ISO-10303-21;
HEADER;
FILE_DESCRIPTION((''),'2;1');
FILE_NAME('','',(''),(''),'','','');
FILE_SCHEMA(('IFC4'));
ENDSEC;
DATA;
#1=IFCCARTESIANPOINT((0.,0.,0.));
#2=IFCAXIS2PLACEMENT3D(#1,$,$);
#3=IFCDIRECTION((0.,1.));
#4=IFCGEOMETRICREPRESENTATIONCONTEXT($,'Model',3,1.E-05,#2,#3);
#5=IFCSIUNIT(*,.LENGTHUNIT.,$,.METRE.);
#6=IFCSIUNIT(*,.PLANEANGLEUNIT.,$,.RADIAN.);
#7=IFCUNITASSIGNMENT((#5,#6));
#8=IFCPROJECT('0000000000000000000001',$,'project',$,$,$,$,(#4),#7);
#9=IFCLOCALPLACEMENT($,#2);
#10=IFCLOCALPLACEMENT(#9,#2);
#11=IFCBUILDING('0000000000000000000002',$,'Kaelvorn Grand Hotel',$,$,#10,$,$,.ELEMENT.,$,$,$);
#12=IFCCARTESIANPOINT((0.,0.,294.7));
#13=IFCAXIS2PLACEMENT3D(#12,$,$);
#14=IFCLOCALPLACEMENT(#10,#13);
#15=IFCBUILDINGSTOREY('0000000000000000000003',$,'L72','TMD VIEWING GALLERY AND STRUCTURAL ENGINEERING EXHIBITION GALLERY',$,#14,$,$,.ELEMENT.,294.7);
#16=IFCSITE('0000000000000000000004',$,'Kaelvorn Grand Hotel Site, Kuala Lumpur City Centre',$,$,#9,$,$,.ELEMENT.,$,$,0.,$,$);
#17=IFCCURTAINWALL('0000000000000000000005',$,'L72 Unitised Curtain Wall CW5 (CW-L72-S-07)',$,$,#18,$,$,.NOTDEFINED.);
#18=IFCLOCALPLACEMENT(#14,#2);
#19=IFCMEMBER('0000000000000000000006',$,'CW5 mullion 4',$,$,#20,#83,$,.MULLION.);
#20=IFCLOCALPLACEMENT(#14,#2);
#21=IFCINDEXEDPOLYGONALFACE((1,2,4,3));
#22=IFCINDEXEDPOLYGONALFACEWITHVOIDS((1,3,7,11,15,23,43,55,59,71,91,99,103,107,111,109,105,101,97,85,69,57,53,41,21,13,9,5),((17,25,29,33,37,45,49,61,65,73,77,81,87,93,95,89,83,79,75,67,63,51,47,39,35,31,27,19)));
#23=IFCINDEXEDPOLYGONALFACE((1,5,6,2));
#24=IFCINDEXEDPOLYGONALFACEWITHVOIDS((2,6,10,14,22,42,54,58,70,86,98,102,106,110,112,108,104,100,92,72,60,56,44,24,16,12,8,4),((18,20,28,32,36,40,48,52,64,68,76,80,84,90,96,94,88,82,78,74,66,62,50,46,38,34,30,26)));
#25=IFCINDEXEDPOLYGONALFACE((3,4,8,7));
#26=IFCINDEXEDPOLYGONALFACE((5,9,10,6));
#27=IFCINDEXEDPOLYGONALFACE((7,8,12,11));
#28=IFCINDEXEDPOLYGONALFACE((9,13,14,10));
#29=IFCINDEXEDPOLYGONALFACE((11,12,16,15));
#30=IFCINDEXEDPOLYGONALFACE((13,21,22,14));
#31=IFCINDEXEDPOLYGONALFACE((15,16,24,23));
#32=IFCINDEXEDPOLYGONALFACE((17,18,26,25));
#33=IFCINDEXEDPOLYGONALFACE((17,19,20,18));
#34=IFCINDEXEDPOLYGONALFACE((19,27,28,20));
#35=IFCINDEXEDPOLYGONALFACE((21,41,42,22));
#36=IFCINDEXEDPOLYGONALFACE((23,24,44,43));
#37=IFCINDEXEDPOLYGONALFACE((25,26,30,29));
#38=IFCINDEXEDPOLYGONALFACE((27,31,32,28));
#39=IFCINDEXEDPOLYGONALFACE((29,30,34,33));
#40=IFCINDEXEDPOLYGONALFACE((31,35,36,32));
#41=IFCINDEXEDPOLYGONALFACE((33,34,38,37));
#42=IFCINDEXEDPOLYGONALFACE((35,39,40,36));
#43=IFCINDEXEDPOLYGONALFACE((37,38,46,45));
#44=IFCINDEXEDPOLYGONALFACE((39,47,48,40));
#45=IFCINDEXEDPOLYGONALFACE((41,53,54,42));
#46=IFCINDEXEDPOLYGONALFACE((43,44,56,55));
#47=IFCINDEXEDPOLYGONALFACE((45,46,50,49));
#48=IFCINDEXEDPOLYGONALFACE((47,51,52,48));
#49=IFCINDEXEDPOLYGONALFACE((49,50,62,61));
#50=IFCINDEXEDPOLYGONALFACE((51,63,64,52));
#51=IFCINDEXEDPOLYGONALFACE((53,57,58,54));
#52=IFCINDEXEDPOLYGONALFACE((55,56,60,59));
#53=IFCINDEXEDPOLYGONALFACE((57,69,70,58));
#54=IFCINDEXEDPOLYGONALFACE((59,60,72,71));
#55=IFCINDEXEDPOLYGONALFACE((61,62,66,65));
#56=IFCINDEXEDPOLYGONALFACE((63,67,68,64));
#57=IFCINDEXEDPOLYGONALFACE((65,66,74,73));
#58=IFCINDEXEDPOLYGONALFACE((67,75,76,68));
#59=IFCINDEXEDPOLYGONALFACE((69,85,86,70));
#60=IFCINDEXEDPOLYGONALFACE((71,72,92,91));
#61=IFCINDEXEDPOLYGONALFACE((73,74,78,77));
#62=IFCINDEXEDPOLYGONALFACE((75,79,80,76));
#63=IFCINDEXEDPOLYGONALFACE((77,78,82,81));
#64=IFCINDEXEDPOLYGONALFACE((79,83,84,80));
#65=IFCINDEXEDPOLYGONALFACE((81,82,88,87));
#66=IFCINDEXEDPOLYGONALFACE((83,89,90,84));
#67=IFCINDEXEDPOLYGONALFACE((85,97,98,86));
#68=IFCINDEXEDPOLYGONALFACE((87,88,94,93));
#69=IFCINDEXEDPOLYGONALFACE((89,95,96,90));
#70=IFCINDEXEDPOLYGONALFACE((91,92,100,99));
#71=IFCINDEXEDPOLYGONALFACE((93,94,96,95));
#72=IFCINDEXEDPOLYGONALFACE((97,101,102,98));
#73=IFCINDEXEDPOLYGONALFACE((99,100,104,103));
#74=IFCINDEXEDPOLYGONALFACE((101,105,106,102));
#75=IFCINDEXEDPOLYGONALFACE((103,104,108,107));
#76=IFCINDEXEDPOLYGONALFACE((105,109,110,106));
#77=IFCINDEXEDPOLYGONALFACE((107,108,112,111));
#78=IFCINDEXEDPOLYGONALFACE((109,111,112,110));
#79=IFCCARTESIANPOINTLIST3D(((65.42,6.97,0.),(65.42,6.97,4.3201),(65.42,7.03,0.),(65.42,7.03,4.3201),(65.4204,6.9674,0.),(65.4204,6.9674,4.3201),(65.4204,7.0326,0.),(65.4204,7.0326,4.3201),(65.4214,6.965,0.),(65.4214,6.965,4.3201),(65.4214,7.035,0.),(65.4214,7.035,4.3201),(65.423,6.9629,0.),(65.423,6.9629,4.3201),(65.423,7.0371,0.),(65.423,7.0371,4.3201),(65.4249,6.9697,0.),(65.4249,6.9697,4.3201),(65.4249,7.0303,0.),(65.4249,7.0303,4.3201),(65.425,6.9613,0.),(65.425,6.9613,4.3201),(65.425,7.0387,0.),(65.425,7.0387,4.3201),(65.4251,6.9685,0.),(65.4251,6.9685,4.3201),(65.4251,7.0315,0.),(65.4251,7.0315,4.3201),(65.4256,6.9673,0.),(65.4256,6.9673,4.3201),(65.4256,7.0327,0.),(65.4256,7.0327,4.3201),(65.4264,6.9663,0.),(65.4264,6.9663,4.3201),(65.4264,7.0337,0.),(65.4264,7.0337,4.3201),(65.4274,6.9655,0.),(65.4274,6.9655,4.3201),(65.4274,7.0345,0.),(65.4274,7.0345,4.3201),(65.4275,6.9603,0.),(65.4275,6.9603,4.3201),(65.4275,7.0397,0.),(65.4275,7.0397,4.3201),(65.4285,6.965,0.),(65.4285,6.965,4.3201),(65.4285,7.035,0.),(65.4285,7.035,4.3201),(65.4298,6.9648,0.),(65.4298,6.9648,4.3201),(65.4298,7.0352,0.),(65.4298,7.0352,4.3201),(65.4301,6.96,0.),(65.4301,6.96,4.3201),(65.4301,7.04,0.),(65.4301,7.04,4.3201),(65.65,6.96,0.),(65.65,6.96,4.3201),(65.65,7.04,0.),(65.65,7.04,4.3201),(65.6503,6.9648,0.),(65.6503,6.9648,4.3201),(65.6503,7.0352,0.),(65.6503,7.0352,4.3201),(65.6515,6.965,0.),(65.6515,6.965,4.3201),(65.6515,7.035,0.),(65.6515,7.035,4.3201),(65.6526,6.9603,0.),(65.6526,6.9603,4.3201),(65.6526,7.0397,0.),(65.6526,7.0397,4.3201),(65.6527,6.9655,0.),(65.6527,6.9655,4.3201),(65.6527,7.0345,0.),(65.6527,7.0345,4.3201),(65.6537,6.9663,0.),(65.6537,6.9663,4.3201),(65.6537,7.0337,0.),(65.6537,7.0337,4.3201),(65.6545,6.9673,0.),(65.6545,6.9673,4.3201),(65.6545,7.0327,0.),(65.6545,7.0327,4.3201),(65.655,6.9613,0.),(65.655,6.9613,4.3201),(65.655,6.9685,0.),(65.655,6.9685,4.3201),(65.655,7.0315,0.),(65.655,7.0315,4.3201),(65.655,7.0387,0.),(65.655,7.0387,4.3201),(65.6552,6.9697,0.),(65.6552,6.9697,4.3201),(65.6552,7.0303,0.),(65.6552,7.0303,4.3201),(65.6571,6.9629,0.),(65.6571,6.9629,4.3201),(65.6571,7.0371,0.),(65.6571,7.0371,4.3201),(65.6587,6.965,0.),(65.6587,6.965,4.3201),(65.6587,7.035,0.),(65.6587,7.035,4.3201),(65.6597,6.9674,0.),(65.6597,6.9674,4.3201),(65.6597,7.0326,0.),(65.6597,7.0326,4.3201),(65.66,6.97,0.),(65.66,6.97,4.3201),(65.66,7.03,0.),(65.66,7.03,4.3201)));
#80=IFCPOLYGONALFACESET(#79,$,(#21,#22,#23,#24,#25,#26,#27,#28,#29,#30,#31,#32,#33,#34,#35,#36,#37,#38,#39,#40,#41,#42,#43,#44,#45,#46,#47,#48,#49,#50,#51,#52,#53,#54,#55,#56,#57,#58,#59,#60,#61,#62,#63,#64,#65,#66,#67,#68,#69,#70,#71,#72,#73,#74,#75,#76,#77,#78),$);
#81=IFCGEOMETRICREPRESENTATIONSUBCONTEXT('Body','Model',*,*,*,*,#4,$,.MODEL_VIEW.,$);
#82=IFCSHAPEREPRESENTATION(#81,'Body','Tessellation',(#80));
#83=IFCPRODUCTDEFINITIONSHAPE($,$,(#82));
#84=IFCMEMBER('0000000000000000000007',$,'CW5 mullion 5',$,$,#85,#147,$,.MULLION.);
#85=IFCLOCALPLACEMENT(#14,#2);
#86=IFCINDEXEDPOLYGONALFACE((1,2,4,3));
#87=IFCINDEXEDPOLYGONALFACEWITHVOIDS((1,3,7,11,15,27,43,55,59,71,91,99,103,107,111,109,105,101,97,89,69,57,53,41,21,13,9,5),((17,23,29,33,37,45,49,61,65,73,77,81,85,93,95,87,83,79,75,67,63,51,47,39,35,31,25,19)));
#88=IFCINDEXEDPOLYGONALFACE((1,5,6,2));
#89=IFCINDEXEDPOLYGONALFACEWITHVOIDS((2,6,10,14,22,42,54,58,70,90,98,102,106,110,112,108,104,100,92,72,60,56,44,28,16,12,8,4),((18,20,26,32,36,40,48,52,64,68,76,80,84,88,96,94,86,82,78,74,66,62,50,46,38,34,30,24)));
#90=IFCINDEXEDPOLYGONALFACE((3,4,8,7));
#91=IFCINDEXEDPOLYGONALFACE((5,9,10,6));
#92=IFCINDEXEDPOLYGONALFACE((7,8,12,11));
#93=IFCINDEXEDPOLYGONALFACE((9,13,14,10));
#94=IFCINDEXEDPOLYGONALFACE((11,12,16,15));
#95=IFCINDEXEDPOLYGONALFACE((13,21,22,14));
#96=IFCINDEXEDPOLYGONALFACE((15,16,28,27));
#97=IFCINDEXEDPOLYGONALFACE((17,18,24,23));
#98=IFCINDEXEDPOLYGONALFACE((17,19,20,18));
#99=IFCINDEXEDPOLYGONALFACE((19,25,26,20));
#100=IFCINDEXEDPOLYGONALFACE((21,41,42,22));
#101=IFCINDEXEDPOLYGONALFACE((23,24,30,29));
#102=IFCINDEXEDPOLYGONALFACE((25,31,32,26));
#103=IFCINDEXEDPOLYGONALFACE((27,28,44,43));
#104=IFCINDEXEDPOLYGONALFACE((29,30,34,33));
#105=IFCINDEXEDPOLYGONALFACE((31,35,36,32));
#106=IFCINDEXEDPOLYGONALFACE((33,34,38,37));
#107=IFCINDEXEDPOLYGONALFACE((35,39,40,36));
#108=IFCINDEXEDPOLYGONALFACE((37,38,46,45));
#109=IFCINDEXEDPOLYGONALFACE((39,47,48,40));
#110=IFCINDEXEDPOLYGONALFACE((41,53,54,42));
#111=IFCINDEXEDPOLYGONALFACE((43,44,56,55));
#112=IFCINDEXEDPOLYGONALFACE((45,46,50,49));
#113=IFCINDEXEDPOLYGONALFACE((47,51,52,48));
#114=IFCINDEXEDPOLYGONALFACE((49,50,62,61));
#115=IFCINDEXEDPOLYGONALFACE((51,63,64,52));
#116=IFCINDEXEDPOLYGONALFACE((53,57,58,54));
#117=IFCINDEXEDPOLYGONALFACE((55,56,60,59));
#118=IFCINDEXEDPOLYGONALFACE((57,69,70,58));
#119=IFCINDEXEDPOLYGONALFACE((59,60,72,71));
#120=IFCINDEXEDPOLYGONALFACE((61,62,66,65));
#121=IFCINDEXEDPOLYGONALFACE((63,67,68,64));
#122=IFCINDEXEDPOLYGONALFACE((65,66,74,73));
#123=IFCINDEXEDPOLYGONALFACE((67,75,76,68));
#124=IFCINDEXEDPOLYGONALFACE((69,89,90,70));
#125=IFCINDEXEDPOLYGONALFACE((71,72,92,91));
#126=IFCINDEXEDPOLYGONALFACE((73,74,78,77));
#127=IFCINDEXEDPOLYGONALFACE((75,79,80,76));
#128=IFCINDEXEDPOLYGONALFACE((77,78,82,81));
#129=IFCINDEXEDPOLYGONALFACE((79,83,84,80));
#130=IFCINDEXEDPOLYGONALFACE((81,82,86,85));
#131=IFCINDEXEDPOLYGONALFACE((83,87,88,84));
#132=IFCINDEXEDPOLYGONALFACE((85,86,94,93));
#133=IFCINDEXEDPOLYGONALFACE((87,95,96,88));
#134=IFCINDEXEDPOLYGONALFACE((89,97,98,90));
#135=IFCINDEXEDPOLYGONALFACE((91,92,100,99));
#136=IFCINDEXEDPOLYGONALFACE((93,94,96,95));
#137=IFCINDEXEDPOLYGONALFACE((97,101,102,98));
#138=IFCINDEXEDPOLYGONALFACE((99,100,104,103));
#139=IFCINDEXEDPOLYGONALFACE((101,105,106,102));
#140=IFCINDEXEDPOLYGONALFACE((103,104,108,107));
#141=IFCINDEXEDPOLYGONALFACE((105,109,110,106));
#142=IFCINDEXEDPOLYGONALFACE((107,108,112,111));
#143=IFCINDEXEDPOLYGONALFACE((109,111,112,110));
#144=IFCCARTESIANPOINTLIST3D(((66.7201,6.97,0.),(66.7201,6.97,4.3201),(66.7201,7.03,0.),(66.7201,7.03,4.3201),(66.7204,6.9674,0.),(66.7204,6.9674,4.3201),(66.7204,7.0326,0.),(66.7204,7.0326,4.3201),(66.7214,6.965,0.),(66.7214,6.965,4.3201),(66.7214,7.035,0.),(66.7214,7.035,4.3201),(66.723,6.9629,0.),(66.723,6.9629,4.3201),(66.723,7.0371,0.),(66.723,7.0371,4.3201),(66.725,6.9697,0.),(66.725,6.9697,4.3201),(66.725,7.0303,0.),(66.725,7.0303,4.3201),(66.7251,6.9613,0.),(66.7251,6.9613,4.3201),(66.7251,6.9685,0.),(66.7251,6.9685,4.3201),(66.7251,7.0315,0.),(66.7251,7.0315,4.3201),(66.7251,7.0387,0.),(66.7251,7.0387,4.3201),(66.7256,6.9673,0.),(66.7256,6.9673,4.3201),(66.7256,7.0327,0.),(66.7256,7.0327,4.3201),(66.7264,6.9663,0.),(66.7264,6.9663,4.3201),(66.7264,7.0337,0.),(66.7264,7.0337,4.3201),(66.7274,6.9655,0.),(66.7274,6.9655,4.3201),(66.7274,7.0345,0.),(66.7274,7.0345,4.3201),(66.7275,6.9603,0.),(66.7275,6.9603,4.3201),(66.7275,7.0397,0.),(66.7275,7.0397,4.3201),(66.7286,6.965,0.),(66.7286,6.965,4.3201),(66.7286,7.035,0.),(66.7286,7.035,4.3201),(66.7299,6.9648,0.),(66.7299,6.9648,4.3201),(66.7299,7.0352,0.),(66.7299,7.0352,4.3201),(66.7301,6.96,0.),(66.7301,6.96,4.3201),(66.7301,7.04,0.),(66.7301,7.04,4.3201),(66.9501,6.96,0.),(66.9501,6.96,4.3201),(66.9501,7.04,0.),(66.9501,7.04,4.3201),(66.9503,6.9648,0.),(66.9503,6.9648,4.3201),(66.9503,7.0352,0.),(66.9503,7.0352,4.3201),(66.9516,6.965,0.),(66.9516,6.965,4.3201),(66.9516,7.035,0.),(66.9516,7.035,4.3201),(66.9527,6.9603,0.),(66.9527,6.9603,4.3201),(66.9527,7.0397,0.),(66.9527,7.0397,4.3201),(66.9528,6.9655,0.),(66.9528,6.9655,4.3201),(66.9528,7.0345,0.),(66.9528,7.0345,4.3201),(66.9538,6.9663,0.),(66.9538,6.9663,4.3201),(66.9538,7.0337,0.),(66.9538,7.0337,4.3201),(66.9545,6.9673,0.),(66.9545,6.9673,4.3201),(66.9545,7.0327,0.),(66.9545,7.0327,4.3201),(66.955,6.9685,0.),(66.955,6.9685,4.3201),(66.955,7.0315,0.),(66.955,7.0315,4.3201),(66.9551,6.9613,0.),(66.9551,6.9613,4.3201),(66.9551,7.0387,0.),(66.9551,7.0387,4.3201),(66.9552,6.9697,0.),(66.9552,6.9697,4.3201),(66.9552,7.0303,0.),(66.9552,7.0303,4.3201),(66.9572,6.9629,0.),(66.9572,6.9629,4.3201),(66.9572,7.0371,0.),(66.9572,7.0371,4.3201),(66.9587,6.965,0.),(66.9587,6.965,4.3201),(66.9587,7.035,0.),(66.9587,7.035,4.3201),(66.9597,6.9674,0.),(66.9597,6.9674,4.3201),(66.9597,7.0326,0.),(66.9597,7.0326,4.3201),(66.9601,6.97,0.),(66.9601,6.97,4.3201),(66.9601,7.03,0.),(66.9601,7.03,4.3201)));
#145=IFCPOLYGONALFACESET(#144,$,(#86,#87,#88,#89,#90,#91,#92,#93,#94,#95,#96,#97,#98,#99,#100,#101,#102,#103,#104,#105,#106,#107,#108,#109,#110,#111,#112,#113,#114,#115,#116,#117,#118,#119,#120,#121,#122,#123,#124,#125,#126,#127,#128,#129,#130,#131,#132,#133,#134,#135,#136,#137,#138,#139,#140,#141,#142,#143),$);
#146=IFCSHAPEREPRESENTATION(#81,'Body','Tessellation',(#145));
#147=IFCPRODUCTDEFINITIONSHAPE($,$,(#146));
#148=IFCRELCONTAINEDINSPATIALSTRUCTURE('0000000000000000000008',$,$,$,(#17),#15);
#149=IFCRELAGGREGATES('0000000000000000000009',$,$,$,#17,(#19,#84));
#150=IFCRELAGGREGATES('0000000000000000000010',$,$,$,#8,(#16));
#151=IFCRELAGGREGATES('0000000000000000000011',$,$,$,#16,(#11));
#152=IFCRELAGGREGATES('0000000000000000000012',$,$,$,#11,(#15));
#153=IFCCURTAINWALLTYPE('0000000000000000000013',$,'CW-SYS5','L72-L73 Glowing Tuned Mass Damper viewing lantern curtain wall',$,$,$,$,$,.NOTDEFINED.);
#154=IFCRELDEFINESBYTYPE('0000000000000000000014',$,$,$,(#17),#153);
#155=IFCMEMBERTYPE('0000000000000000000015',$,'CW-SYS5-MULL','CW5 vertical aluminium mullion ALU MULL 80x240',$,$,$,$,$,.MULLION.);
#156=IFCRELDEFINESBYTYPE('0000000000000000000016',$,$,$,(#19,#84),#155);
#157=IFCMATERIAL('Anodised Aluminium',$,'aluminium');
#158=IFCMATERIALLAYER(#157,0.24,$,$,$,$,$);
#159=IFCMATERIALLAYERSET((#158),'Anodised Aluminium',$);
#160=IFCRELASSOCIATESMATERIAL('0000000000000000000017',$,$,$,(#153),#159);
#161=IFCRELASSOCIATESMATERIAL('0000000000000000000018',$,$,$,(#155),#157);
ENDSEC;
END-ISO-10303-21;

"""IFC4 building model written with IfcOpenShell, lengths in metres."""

from ifc_helpers import new_model, si_unit, direction, frame, origin, origin_2d, place, context, subcontext, project, spatial, hollow_rectangle, extrude, material, layer, layer_set, material_profile, profile_set, type_object, element, aggregate, save


model = new_model("IFC4")

# Units and contexts
model_context = context("Model", 3, precision=1e-05, world=origin(), true_north=direction((0.0, 1.0)))
body_context = subcontext(model_context, "Body", "Model", "MODEL_VIEW")
ifc_project = project(units=[si_unit("LENGTHUNIT", "METRE"), si_unit("PLANEANGLEUNIT", "RADIAN")], contexts=[model_context])

# Site, building, storey
site_placement = place(None, origin())
site = spatial("IfcSite", under=ifc_project, at=site_placement, Name="Kaelvorn Grand Hotel Site, Kuala Lumpur City Centre", CompositionType="ELEMENT", RefElevation=0.0)
building_placement = place(site_placement, origin())
building = spatial("IfcBuilding", under=site, at=building_placement, Name="Kaelvorn Grand Hotel", CompositionType="ELEMENT")
storey_placement = place(building_placement, frame((0.0, 0.0, 294.7)))
storey = spatial("IfcBuildingStorey", under=building, at=storey_placement, Name="L72", Description="TMD VIEWING GALLERY AND STRUCTURAL ENGINEERING EXHIBITION GALLERY", CompositionType="ELEMENT", Elevation=294.7)

# Curtain wall, members
ifc_material_1 = material(Name="Anodised Aluminium", Category="aluminium")
ifc_layer_1 = layer(ifc_material_1, 0.24)
ifc_layer_set_1 = layer_set([ifc_layer_1], Name="Anodised Aluminium")
curtain_wall_type = type_object("IfcCurtainWallType", Name="CW-SYS5", Description="L72-L73 Glowing Tuned Mass Damper viewing lantern curtain wall", PredefinedType="NOTDEFINED", material=ifc_layer_set_1)
curtain_wall_placement = place(storey_placement, origin())
curtain_wall = element("IfcCurtainWall", 1, at=curtain_wall_placement, inside=storey, type_object=curtain_wall_type, Name="L72 Unitised Curtain Wall CW5 (CW-L72-S-07)", PredefinedType="NOTDEFINED")
ifc_material_profile_1 = material_profile(ifc_material_1, hollow_rectangle(XDim=0.0801, YDim=0.24, WallThickness=0.0049, InnerFilletRadius=0.0049, OuterFilletRadius=0.01, at=origin_2d()), Name="ALU MULL 80x240")
ifc_profile_set_1 = profile_set([ifc_material_profile_1], Name="Anodised Aluminium")
member_type_1 = type_object("IfcMemberType", Name="CW-SYS5-MULL", Description="CW5 vertical aluminium mullion ALU MULL 80x240", PredefinedType="MULLION", material=ifc_profile_set_1)
member_1_placement = place(storey_placement, frame((65.54, 7.0, 0.0), z_axis=(0.0, 0.0, 1.0), x_axis=(0.0, 1.0, 0.0)))
member_1 = element("IfcMember", 2, at=member_1_placement, type_object=member_type_1, Name="CW5 mullion 4", PredefinedType="MULLION", context=body_context, shape_type="SweptSolid", body=[
    extrude(hollow_rectangle(XDim=0.0801, YDim=0.24, WallThickness=0.0049, InnerFilletRadius=0.0049, OuterFilletRadius=0.01, at=origin_2d()), origin(), (0.0, 0.0, 1.0), 4.3201),
])
member_2_placement = place(storey_placement, frame((66.8401, 7.0, 0.0), z_axis=(0.0, 0.0, 1.0), x_axis=(0.0, 1.0, 0.0)))
member_2 = element("IfcMember", 3, at=member_2_placement, type_object=member_type_1, Name="CW5 mullion 5", PredefinedType="MULLION", context=body_context, shape_type="SweptSolid", body=[
    extrude(hollow_rectangle(XDim=0.0801, YDim=0.24, WallThickness=0.0049, InnerFilletRadius=0.0049, OuterFilletRadius=0.01, at=origin_2d()), origin(), (0.0, 0.0, 1.0), 4.3201),
])
aggregate(curtain_wall, [member_1, member_2])

save(model, "model.ifc")
